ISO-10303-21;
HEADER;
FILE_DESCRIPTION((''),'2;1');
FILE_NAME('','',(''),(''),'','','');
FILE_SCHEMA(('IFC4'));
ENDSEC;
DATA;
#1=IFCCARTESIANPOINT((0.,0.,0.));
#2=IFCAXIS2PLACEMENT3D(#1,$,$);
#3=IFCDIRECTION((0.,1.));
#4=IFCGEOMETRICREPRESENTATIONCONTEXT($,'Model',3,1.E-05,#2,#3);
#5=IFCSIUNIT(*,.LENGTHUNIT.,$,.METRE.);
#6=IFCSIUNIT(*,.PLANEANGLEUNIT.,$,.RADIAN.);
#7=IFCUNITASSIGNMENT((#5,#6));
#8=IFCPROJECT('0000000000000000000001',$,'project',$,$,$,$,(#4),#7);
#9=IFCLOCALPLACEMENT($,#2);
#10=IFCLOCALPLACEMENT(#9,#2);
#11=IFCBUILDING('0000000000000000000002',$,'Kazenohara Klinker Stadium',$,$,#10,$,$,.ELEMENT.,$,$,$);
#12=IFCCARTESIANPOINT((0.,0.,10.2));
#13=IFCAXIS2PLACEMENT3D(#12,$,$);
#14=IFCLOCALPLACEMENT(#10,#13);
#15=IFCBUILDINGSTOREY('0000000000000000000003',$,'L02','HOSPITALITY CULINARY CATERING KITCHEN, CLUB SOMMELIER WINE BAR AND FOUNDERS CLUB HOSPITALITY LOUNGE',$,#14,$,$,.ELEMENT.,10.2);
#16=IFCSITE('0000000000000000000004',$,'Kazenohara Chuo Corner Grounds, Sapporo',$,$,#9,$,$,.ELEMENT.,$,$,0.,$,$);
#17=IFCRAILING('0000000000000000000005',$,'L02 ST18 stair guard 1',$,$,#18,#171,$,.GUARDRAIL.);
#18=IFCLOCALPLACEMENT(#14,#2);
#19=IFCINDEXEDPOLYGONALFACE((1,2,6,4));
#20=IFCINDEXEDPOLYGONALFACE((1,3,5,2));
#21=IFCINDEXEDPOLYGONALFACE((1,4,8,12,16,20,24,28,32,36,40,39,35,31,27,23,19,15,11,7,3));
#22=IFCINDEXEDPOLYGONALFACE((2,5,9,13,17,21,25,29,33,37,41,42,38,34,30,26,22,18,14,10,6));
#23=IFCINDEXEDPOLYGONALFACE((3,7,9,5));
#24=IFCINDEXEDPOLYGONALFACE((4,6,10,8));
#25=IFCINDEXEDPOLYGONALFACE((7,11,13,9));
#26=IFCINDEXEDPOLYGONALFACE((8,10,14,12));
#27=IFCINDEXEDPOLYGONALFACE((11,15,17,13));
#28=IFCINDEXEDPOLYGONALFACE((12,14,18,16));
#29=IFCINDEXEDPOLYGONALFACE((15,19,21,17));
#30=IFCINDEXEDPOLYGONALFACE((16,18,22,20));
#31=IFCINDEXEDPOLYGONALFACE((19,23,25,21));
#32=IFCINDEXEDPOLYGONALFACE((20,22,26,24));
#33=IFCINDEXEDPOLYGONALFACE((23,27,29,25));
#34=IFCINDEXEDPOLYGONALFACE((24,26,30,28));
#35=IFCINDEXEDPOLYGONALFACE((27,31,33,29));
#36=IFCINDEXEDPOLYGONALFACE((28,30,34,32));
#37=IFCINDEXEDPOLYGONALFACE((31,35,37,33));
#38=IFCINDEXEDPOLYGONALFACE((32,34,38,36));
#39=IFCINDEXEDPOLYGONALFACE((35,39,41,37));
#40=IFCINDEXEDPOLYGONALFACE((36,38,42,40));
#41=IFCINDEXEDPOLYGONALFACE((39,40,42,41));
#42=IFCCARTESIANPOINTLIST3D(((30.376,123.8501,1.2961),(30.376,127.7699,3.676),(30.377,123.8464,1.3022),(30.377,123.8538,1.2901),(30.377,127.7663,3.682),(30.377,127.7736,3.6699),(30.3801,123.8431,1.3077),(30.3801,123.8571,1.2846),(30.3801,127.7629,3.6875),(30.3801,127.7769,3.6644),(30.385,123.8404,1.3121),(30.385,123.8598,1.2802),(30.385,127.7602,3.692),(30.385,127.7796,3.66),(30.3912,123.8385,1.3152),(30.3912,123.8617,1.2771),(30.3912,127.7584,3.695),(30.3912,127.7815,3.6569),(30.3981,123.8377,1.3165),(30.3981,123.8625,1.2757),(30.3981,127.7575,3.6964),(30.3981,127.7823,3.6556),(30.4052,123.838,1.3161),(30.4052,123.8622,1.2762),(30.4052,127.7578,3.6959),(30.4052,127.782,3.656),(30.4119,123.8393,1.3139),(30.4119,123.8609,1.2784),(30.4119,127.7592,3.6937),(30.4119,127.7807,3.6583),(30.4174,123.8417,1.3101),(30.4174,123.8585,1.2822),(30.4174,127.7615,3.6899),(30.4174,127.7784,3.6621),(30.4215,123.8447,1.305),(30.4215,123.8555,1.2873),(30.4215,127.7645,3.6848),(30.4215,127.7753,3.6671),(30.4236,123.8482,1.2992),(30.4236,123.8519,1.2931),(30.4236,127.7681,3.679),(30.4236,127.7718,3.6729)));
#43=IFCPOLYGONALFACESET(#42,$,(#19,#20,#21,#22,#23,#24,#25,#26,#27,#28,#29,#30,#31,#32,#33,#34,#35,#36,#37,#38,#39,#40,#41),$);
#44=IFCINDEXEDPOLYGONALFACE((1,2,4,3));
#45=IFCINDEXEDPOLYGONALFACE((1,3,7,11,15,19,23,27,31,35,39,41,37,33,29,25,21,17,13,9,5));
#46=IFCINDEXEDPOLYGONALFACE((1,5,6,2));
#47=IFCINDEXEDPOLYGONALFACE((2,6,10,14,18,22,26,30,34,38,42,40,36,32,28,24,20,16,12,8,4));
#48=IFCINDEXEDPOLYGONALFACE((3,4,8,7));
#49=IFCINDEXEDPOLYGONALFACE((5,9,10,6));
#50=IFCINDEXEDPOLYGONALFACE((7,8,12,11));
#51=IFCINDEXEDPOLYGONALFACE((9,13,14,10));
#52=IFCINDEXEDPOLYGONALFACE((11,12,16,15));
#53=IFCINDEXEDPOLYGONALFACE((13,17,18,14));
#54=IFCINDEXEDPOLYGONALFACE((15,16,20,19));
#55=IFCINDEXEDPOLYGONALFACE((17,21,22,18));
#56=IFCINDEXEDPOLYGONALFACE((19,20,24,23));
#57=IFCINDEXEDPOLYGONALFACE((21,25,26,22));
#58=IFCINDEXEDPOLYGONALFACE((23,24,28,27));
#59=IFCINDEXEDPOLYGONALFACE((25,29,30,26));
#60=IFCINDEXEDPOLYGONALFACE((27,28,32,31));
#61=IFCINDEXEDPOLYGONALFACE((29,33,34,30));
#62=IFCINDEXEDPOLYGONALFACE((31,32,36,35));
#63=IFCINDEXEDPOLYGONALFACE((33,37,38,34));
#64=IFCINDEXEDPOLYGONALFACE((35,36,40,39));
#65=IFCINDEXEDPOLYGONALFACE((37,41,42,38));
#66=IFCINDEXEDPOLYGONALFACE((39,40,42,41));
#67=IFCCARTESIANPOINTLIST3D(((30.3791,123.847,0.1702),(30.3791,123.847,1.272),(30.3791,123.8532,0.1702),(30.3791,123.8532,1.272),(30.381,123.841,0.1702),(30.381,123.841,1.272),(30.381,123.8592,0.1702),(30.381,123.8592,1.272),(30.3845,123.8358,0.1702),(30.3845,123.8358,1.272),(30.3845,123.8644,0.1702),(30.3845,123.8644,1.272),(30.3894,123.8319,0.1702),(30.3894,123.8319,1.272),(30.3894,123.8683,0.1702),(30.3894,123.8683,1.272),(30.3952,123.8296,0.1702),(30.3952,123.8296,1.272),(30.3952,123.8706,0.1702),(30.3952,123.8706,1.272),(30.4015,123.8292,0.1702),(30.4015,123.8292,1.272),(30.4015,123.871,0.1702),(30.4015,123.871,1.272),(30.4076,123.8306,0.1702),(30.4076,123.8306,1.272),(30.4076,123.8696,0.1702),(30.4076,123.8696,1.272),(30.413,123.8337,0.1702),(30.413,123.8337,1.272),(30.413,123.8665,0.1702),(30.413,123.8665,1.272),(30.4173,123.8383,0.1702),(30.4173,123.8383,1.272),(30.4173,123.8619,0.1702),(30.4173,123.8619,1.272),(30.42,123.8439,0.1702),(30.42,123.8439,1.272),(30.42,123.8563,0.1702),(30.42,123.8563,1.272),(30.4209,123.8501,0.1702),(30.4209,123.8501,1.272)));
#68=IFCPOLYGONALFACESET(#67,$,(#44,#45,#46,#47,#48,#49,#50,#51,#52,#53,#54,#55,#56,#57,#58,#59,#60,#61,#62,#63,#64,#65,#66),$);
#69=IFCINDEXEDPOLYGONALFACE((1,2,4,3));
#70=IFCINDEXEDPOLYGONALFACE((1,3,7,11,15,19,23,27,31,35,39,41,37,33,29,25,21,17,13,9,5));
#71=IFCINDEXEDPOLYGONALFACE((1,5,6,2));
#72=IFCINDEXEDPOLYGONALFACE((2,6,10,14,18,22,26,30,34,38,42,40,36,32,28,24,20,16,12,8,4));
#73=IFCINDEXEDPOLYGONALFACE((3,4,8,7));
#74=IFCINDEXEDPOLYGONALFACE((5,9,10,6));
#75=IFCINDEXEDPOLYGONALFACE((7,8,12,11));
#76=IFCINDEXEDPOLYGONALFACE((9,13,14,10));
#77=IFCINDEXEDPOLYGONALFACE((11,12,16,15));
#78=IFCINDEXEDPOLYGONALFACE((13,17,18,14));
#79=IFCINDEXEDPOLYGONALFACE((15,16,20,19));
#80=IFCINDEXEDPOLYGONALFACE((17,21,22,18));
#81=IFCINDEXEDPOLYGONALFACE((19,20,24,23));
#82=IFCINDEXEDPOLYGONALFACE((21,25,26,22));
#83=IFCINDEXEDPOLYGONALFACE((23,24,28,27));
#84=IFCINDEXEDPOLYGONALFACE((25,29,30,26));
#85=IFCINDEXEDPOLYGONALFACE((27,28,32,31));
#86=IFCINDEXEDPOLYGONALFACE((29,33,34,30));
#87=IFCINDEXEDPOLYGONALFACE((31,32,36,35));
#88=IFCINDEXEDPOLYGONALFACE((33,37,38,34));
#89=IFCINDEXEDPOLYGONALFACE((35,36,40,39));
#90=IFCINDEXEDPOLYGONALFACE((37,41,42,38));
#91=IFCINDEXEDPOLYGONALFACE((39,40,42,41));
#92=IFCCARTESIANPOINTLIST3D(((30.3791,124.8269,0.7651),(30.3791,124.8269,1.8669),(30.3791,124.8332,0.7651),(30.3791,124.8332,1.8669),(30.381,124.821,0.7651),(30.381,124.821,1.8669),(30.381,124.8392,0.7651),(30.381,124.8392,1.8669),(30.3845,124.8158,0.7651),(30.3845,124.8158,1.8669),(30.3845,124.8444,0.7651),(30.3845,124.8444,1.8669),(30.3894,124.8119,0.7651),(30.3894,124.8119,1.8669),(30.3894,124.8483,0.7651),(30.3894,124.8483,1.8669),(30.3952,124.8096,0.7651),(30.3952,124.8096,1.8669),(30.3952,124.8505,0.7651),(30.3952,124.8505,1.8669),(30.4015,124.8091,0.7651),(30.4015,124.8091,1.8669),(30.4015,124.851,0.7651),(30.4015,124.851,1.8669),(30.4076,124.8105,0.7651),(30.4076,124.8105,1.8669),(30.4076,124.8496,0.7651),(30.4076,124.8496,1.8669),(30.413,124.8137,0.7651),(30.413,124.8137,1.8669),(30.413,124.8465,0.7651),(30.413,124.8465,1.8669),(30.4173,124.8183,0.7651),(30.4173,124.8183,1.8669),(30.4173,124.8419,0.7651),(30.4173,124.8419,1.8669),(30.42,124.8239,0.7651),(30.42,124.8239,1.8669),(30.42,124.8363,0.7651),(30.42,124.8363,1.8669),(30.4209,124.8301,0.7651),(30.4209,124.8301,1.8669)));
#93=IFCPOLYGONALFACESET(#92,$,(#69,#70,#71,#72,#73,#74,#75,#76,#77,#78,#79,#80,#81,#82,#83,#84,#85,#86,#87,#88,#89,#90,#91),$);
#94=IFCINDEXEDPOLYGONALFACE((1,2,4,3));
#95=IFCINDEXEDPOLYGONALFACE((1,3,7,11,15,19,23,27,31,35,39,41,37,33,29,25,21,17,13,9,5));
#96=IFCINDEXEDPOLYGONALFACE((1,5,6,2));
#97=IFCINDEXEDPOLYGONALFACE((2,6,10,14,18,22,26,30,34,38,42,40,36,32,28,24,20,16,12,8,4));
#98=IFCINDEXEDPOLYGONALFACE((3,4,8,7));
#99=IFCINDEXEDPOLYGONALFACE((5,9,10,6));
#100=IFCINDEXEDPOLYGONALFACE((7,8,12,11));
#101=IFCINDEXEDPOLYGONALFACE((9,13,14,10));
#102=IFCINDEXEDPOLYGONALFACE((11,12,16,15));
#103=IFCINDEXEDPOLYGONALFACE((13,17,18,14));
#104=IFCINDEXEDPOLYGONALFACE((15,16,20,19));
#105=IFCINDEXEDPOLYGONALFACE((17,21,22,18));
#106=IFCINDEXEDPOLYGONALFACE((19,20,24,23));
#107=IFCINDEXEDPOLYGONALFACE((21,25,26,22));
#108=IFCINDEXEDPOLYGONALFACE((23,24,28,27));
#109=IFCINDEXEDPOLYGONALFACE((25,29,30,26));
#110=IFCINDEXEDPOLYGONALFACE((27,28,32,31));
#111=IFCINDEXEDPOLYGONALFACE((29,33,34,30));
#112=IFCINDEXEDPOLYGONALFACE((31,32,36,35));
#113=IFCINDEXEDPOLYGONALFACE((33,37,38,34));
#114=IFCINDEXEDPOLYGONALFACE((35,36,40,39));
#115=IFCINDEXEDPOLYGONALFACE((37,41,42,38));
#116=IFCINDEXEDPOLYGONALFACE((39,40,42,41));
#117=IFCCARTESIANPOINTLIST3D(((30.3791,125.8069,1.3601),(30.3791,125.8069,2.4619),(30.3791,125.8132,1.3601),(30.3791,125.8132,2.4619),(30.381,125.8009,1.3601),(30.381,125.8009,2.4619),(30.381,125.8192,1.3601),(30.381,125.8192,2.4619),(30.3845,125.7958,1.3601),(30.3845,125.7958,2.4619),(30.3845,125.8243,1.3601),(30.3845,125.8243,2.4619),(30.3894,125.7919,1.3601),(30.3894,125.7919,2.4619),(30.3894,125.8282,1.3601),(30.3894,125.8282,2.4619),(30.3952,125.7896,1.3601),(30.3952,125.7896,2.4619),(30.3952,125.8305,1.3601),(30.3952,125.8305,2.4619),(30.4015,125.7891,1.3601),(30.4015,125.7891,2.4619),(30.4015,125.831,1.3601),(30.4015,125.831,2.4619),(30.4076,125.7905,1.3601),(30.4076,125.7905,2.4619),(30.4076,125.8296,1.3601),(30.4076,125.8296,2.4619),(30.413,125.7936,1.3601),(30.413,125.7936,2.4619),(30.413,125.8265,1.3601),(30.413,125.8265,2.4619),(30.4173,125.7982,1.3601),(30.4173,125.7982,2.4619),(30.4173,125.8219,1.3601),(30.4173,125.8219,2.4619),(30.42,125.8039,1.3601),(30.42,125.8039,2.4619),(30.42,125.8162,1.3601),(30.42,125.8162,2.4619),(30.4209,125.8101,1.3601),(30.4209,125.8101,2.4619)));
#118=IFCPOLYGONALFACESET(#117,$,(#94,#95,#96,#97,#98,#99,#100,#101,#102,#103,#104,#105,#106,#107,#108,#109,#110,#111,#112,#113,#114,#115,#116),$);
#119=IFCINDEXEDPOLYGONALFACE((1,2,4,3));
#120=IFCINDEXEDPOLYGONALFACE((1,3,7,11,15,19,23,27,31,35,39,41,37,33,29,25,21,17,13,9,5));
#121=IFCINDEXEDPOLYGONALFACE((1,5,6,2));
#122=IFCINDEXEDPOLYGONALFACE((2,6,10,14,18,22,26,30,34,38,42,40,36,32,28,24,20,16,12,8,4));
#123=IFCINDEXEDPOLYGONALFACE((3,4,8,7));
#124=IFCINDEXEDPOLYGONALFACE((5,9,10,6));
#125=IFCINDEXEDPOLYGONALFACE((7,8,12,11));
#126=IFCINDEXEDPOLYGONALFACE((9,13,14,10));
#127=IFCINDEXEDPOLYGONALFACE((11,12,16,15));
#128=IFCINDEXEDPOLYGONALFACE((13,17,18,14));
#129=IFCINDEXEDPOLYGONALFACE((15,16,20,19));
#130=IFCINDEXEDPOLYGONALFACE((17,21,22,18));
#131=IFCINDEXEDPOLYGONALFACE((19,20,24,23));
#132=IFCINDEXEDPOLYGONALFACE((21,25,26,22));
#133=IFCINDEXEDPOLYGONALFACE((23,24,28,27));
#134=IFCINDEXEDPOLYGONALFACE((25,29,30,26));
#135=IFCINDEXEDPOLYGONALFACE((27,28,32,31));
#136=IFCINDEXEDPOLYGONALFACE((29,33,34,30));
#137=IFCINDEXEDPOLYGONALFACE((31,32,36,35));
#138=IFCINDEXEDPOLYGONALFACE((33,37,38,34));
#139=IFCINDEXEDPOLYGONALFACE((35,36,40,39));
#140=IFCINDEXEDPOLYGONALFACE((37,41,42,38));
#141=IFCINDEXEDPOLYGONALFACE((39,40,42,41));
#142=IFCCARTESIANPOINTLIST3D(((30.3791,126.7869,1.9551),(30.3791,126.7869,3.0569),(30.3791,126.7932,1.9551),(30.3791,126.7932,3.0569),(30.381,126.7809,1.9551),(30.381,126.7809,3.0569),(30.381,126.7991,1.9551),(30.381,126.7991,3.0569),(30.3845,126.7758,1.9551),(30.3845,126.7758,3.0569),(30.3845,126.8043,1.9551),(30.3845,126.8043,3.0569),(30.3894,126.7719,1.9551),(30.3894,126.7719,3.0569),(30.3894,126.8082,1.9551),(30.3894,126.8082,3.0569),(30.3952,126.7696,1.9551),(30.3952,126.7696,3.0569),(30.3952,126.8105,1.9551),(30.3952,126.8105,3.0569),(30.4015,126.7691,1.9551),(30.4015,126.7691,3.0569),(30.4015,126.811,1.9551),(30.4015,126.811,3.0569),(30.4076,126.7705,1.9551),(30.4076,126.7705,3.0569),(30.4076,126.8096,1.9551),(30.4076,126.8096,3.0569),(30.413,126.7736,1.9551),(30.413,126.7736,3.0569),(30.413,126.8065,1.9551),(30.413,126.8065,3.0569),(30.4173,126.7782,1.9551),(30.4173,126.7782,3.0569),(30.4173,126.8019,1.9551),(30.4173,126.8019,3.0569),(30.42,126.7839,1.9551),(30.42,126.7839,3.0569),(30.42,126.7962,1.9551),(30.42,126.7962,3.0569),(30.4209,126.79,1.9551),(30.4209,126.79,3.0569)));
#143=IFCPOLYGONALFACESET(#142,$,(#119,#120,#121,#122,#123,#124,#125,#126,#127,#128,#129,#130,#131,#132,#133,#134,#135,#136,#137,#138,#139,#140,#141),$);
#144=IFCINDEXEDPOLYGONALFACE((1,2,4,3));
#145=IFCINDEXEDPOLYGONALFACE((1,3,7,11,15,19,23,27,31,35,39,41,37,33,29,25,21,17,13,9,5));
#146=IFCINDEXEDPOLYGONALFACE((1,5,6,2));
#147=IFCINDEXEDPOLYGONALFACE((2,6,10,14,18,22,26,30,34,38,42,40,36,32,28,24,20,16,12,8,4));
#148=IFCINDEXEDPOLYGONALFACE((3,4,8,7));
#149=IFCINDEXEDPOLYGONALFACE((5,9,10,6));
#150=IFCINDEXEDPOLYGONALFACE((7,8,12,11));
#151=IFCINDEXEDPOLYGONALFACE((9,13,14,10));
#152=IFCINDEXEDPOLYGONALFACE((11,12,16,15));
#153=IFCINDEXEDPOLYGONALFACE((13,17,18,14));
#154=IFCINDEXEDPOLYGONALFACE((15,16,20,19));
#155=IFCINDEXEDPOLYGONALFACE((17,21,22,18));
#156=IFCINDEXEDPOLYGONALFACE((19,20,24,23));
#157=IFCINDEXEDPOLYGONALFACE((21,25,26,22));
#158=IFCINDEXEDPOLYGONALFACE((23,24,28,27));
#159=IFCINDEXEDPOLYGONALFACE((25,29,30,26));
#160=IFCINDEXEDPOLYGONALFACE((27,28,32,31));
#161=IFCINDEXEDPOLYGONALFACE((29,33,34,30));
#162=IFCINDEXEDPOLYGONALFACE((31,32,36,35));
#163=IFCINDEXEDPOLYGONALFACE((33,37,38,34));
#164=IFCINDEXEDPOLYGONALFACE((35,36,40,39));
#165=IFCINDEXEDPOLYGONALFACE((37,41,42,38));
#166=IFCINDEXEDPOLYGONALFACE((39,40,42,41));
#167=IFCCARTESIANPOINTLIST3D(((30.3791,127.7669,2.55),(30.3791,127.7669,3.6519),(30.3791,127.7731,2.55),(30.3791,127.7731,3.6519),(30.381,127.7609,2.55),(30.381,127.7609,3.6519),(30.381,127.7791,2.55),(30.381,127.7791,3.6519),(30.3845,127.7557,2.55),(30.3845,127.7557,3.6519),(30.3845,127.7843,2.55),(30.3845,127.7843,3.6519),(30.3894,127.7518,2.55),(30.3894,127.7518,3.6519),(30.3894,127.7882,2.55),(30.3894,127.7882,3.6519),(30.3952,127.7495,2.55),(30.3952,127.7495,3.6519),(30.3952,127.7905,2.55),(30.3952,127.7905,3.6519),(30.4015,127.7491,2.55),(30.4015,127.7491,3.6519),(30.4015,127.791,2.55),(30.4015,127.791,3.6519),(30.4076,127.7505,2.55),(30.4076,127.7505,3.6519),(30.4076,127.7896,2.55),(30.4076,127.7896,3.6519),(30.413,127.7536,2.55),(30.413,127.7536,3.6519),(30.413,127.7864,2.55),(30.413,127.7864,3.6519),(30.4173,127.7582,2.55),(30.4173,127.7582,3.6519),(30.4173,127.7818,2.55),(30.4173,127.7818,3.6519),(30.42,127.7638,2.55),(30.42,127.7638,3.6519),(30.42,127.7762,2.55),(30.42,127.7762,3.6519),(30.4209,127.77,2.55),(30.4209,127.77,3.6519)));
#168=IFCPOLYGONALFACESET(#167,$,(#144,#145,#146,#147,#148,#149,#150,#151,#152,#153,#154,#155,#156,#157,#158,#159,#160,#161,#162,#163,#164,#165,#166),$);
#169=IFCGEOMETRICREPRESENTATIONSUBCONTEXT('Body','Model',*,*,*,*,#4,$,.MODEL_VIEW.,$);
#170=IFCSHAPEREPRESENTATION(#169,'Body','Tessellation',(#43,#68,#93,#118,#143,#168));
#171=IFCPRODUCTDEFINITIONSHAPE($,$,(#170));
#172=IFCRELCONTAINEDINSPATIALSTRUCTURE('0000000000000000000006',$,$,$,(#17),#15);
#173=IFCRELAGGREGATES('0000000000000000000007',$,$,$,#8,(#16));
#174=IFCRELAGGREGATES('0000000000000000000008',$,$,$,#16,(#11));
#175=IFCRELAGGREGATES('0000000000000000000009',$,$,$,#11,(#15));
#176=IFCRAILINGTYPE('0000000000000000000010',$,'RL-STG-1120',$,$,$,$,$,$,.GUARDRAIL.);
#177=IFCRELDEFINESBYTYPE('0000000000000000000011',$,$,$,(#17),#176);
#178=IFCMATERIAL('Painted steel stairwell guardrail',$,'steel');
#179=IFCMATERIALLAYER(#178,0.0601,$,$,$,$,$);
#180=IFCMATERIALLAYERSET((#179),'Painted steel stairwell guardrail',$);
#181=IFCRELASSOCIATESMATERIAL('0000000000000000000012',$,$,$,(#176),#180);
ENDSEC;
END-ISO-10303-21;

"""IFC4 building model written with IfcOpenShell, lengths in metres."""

from ifc_helpers import new_model, si_unit, direction, frame, origin, origin_2d, place, context, subcontext, project, spatial, circle, extrude, material, layer, layer_set, type_object, element, save


model = new_model("IFC4")

# Units and contexts
model_context = context("Model", 3, precision=1e-05, world=origin(), true_north=direction((0.0, 1.0)))
body_context = subcontext(model_context, "Body", "Model", "MODEL_VIEW")
ifc_project = project(units=[si_unit("LENGTHUNIT", "METRE"), si_unit("PLANEANGLEUNIT", "RADIAN")], contexts=[model_context])

# Site, building, storey
site_placement = place(None, origin())
site = spatial("IfcSite", under=ifc_project, at=site_placement, Name="Kazenohara Chuo Corner Grounds, Sapporo", CompositionType="ELEMENT", RefElevation=0.0)
building_placement = place(site_placement, origin())
building = spatial("IfcBuilding", under=site, at=building_placement, Name="Kazenohara Klinker Stadium", CompositionType="ELEMENT")
storey_placement = place(building_placement, frame((0.0, 0.0, 10.2)))
storey = spatial("IfcBuildingStorey", under=building, at=storey_placement, Name="L02", Description="HOSPITALITY CULINARY CATERING KITCHEN, CLUB SOMMELIER WINE BAR AND FOUNDERS CLUB HOSPITALITY LOUNGE", CompositionType="ELEMENT", Elevation=10.2)

# Railing
ifc_material_1 = material(Name="Painted steel stairwell guardrail", Category="steel")
ifc_layer_1 = layer(ifc_material_1, 0.0601)
ifc_layer_set_1 = layer_set([ifc_layer_1], Name="Painted steel stairwell guardrail")
railing_type_1 = type_object("IfcRailingType", Name="RL-STG-1120", PredefinedType="GUARDRAIL", material=ifc_layer_set_1)
railing_1_placement = place(storey_placement, frame((30.3999, 123.8501, 0.1702)))
element("IfcRailing", 1, at=railing_1_placement, inside=storey, type_object=railing_type_1, Name="L02 ST18 stair guard 1", PredefinedType="GUARDRAIL", context=body_context, shape_type="SweptSolid", body=[
    extrude(circle(Radius=0.0239, at=origin_2d()), frame((0.0, 0.0, 1.126), z_axis=(0.0, 0.854794, 0.518967), x_axis=(-1.0, 0.0, 0.0)), (0.0, 0.0, 1.0), 4.5857),
    extrude(circle(Radius=0.021, at=origin_2d()), origin(), (0.0, 0.0, 1.0), 1.1018),
    extrude(circle(Radius=0.021, at=origin_2d()), frame((0.0, 0.98, 0.595)), (0.0, 0.0, 1.0), 1.1018),
    extrude(circle(Radius=0.021, at=origin_2d()), frame((0.0, 1.96, 1.1899)), (0.0, 0.0, 1.0), 1.1018),
    extrude(circle(Radius=0.021, at=origin_2d()), frame((0.0, 2.9399, 1.7849)), (0.0, 0.0, 1.0), 1.1018),
    extrude(circle(Radius=0.021, at=origin_2d()), frame((0.0, 3.9199, 2.3799)), (0.0, 0.0, 1.0), 1.1018),
])

save(model, "model.ifc")
